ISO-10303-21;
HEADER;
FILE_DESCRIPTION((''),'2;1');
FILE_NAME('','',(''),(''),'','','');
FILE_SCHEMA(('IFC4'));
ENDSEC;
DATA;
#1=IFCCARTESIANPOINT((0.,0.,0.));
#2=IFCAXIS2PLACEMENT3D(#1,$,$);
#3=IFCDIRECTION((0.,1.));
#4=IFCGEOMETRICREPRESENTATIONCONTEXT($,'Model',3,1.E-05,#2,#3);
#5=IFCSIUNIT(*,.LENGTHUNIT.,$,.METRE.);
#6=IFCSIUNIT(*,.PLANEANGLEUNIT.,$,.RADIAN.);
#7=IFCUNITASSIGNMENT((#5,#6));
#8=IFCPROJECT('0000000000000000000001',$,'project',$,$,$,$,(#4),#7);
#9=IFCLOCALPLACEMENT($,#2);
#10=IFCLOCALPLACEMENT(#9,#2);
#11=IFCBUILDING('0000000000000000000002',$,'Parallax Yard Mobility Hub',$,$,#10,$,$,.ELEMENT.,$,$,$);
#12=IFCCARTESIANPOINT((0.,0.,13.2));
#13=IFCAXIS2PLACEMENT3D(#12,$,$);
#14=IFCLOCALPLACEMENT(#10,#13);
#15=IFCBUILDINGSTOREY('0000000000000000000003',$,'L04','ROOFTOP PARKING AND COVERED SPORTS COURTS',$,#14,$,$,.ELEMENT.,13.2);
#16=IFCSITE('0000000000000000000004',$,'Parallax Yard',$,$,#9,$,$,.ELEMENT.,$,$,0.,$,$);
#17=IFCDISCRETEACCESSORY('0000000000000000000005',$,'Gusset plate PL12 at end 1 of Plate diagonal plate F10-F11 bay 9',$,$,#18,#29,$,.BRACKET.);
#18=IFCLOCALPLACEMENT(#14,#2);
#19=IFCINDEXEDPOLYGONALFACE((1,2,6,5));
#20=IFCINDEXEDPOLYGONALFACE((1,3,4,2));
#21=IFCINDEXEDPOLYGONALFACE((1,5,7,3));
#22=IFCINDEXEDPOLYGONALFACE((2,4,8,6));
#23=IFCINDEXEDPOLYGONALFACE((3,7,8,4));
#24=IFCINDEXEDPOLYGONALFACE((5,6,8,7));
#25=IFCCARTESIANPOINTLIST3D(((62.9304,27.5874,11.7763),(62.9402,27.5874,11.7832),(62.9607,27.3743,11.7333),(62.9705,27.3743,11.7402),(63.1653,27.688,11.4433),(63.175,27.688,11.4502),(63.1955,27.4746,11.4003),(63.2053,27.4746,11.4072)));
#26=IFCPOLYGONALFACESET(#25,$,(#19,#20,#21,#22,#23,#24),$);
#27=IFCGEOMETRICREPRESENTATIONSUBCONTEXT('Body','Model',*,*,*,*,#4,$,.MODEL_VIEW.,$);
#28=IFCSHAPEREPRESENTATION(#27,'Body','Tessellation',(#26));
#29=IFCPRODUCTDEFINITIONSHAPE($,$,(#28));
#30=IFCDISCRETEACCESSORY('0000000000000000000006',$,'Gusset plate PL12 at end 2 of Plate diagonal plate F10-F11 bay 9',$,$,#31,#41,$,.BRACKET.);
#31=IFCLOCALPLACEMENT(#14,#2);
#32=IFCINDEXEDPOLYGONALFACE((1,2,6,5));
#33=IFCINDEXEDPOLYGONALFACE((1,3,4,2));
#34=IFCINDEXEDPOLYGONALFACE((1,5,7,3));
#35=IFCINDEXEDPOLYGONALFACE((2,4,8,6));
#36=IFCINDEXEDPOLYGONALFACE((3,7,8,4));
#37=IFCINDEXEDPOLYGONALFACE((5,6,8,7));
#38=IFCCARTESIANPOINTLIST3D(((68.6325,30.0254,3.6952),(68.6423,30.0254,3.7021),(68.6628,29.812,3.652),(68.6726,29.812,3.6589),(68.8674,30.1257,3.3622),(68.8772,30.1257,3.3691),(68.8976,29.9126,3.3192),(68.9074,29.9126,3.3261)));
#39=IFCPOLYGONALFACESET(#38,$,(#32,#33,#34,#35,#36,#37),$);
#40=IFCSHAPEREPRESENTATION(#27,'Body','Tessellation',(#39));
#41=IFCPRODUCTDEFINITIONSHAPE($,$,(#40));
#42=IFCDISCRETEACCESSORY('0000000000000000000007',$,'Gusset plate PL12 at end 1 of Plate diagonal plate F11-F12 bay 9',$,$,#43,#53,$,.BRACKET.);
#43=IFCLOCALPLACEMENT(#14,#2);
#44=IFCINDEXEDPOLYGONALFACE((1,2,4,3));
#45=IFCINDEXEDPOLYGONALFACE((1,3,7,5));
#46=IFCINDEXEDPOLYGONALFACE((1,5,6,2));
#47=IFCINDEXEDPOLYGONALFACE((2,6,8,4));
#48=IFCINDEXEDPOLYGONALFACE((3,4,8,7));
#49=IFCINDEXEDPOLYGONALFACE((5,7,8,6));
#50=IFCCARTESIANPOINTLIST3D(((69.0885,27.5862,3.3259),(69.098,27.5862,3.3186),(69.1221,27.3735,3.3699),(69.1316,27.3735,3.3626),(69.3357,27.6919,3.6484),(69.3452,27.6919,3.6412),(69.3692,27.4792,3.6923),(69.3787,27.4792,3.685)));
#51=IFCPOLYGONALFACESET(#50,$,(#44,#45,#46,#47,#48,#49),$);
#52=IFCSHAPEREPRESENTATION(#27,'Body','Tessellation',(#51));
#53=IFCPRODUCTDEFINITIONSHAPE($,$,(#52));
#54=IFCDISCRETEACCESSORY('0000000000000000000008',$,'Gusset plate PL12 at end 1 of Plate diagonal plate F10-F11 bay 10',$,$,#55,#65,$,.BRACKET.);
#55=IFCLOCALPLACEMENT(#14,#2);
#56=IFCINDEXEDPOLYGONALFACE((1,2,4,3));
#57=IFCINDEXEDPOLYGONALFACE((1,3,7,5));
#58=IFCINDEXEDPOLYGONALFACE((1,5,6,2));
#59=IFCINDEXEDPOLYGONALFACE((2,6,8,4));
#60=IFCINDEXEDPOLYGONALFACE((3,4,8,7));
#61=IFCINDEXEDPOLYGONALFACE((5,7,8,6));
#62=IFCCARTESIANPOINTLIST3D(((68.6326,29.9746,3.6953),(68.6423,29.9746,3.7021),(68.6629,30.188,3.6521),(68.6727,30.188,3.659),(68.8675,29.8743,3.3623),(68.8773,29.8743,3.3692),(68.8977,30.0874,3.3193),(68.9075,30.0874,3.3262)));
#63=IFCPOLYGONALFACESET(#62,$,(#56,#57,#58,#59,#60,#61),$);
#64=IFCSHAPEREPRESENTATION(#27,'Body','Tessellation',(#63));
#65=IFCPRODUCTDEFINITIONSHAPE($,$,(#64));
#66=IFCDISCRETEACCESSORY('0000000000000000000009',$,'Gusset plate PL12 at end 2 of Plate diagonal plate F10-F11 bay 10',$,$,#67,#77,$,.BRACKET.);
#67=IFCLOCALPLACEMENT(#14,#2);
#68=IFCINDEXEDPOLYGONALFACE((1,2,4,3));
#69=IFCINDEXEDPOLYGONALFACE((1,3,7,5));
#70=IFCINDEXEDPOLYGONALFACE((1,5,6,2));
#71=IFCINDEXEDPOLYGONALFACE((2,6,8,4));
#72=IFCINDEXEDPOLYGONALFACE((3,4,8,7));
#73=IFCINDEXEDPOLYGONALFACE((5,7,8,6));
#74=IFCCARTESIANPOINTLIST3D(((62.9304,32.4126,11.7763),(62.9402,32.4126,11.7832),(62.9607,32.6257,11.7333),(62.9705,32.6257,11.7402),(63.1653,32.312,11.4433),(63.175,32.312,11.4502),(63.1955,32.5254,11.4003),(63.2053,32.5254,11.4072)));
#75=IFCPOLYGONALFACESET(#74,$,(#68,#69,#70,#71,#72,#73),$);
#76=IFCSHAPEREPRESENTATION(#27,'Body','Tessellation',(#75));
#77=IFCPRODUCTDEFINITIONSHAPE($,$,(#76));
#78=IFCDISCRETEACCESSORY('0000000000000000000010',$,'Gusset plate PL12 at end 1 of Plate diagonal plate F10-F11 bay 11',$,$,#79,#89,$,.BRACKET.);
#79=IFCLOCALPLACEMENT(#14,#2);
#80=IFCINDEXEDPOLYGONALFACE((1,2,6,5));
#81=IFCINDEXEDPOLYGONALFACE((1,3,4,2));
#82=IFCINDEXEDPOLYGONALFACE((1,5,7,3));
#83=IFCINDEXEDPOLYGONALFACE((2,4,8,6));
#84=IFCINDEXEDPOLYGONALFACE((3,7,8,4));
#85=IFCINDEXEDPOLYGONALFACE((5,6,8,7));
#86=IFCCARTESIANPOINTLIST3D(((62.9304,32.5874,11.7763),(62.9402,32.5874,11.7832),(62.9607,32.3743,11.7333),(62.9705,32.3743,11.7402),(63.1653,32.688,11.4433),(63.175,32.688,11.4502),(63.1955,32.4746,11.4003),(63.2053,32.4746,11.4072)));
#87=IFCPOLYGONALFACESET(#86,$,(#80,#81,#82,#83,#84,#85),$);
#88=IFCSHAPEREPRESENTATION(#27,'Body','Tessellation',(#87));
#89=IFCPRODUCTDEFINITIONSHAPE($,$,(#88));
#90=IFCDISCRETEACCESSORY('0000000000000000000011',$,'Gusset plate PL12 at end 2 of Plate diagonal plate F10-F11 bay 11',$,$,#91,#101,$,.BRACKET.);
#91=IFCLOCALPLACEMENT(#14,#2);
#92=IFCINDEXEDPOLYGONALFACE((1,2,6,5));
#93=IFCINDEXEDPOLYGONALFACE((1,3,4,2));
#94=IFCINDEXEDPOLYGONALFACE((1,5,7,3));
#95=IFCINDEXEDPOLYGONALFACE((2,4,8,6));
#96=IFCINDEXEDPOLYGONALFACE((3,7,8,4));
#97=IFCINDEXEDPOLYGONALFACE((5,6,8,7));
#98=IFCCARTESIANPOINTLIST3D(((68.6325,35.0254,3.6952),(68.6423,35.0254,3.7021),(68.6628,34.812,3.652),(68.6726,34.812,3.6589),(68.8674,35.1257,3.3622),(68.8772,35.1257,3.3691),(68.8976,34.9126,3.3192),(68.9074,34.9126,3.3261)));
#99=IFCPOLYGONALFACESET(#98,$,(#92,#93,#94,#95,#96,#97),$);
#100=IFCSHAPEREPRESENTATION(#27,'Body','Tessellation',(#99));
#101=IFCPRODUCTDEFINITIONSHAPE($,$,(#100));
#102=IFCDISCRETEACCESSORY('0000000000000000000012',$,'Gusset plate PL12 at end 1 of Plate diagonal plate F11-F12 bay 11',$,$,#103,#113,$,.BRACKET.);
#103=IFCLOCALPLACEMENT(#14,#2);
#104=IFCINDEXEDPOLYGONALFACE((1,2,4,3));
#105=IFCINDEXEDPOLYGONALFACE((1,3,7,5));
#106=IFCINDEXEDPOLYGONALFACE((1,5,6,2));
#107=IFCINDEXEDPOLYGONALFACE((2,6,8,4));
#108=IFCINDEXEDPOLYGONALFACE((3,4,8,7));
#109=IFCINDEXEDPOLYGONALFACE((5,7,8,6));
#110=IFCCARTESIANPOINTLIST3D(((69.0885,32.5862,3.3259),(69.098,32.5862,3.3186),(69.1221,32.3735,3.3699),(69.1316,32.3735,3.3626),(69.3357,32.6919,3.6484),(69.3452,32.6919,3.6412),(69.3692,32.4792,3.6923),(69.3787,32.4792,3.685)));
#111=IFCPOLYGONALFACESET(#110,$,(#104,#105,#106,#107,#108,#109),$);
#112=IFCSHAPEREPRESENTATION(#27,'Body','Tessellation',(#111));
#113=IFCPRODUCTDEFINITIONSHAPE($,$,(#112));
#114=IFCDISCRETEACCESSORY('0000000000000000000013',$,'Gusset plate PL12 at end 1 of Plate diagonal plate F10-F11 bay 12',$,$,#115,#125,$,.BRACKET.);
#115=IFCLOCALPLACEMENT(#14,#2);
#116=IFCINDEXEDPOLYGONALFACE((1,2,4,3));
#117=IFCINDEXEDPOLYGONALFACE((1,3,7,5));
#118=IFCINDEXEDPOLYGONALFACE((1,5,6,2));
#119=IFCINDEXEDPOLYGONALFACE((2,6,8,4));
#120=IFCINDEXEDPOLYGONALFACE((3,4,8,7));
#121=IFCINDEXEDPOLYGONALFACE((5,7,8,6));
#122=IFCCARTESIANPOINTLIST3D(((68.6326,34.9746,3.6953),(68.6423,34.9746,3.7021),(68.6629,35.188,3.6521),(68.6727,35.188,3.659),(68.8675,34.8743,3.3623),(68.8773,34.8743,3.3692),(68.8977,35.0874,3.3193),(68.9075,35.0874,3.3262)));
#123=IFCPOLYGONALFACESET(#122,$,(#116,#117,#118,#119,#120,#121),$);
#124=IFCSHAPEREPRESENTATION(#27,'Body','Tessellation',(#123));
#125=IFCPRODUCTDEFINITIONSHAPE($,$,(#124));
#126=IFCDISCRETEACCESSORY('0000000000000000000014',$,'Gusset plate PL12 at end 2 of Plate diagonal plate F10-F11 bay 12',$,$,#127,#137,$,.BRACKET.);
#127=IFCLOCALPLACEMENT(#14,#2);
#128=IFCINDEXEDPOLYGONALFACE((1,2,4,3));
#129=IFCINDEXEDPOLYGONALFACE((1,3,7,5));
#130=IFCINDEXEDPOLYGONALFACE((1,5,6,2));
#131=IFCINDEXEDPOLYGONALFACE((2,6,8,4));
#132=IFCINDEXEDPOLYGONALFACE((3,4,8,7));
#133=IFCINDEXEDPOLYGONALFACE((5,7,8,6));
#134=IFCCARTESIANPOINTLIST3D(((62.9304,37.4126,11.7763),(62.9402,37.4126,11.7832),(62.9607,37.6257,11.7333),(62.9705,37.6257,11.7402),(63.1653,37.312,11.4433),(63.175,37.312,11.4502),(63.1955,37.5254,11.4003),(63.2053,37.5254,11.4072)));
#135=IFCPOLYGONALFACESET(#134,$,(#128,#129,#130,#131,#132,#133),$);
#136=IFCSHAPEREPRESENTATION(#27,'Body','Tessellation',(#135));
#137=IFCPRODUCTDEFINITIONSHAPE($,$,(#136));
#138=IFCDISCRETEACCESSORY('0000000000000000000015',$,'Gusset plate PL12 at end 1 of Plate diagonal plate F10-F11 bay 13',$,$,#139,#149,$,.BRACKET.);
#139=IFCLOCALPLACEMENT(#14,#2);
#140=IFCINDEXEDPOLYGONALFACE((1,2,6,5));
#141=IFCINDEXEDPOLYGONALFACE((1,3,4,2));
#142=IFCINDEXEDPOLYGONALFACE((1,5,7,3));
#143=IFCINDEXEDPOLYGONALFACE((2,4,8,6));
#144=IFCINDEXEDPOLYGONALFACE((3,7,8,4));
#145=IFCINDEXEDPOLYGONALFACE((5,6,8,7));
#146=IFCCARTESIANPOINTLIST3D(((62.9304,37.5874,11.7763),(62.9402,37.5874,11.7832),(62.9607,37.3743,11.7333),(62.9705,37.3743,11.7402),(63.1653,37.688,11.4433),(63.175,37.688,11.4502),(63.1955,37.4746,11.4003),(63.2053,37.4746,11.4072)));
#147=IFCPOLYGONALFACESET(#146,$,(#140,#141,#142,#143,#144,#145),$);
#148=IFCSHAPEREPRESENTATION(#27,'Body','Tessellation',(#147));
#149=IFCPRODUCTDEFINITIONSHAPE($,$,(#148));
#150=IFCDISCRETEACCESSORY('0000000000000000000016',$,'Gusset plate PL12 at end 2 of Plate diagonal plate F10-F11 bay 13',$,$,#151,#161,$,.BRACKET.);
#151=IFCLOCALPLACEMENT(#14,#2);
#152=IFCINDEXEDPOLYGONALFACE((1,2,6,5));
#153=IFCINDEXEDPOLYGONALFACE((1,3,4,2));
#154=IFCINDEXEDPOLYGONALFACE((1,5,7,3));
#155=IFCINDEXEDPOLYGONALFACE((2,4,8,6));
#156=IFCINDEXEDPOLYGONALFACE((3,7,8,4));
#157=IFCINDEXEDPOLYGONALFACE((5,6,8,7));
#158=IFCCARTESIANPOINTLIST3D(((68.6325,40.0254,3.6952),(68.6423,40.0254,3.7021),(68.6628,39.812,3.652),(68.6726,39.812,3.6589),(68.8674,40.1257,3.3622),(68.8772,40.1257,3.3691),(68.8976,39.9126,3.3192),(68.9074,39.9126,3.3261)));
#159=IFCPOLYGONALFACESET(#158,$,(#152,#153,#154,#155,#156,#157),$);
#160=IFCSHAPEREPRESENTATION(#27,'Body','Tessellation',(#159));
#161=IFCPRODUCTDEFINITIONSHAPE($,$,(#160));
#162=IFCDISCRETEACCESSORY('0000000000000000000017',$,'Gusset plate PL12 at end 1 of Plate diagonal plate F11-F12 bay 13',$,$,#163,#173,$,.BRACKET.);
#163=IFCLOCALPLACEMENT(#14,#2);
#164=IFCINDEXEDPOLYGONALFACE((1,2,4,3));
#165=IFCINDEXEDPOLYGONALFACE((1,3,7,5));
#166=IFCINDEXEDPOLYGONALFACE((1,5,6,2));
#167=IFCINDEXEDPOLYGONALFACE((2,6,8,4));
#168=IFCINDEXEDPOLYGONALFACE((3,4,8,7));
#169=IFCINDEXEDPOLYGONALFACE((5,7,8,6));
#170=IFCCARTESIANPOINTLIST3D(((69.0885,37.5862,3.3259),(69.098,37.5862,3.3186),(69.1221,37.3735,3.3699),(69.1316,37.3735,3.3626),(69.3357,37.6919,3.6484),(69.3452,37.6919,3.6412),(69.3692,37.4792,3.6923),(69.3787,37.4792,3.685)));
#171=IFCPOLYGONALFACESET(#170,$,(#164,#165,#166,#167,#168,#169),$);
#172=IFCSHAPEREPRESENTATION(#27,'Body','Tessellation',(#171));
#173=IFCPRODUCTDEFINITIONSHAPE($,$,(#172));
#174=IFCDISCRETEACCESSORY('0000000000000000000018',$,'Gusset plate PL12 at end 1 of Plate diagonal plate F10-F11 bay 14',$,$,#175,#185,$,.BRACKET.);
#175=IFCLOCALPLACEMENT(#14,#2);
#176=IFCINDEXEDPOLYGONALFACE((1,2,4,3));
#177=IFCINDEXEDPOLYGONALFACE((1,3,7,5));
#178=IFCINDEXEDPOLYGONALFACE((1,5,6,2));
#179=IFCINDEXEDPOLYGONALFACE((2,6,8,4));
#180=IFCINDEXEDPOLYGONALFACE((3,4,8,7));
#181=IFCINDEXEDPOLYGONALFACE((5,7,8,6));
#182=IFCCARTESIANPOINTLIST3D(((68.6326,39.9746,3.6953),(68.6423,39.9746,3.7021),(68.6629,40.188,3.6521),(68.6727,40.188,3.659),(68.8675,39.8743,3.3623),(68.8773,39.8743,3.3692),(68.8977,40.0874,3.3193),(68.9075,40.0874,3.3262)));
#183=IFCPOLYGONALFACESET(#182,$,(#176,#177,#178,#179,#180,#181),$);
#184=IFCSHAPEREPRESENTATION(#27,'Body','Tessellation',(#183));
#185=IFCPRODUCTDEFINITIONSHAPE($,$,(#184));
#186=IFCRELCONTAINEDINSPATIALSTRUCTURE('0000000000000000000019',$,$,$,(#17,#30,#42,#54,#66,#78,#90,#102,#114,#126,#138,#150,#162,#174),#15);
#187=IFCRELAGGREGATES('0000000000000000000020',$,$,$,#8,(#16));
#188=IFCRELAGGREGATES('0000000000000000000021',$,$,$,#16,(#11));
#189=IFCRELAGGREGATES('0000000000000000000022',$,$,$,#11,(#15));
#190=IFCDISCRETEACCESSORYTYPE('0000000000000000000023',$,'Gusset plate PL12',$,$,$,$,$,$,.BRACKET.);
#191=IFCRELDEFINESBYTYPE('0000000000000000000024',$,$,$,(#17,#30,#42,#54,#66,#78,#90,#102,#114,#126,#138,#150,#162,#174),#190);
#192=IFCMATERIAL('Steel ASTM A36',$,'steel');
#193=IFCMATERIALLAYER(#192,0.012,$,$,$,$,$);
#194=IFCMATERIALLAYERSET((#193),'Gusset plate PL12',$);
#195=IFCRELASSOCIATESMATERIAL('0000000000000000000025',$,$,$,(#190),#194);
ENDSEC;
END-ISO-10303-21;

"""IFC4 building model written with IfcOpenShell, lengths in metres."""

from ifc_helpers import new_model, si_unit, direction, frame, origin, place, context, subcontext, project, spatial, polyline, outline, extrude, material, layer, layer_set, type_object, element, save


model = new_model("IFC4")

# Units and contexts
model_context = context("Model", 3, precision=1e-05, world=origin(), true_north=direction((0.0, 1.0)))
body_context = subcontext(model_context, "Body", "Model", "MODEL_VIEW")
ifc_project = project(units=[si_unit("LENGTHUNIT", "METRE"), si_unit("PLANEANGLEUNIT", "RADIAN")], contexts=[model_context])

# Site, building, storey
site_placement = place(None, origin())
site = spatial("IfcSite", under=ifc_project, at=site_placement, Name="Parallax Yard", CompositionType="ELEMENT", RefElevation=0.0)
building_placement = place(site_placement, origin())
building = spatial("IfcBuilding", under=site, at=building_placement, Name="Parallax Yard Mobility Hub", CompositionType="ELEMENT")
storey_placement = place(building_placement, frame((0.0, 0.0, 13.2)))
storey = spatial("IfcBuildingStorey", under=building, at=storey_placement, Name="L04", Description="ROOFTOP PARKING AND COVERED SPORTS COURTS", CompositionType="ELEMENT", Elevation=13.2)

# Discrete accessories
ifc_material_1 = material(Name="Steel ASTM A36", Category="steel")
ifc_layer = layer(ifc_material_1, 0.012)
ifc_layer_set = layer_set([ifc_layer], Name="Gusset plate PL12")
discrete_accessory_type = type_object("IfcDiscreteAccessoryType", Name="Gusset plate PL12", PredefinedType="BRACKET", material=ifc_layer_set)
discrete_accessory_1_placement = place(storey_placement, frame((63.175, 27.688, 11.4502), z_axis=(0.817216, -0.000114, 0.576331), x_axis=(-0.559559, -0.239645, 0.793388)))
element("IfcDiscreteAccessory", 1, at=discrete_accessory_1_placement, inside=storey, type_object=discrete_accessory_type, Name="Gusset plate PL12 at end 1 of Plate diagonal plate F10-F11 bay 9", PredefinedType="BRACKET", context=body_context, shape_type="SweptSolid", body=[
    extrude(outline(polyline([(0.0, 0.0), (0.4197, 0.0), (0.4198, 0.2195), (0.0001, 0.2198), (0.0, 0.0)])), origin(), (0.0, 0.0, -1.0), 0.012),
])
discrete_accessory_2_placement = place(storey_placement, frame((68.6726, 29.812, 3.6589), z_axis=(0.817167, -0.000465, 0.576401), x_axis=(0.559681, 0.239756, -0.793268)))
element("IfcDiscreteAccessory", 2, at=discrete_accessory_2_placement, inside=storey, type_object=discrete_accessory_type, Name="Gusset plate PL12 at end 2 of Plate diagonal plate F10-F11 bay 9", PredefinedType="BRACKET", context=body_context, shape_type="SweptSolid", body=[
    extrude(outline(polyline([(0.0, 0.0), (0.4195, 0.0), (0.4196, 0.2195), (-0.0001, 0.2198), (0.0, 0.0)])), origin(), (0.0, 0.0, -1.0), 0.012),
])
discrete_accessory_3_placement = place(storey_placement, frame((69.3357, 27.6919, 3.6484), z_axis=(-0.793746, 0.000396, 0.608249), x_axis=(-0.588741, -0.251732, -0.768125)))
element("IfcDiscreteAccessory", 3, at=discrete_accessory_3_placement, inside=storey, type_object=discrete_accessory_type, Name="Gusset plate PL12 at end 1 of Plate diagonal plate F11-F12 bay 9", PredefinedType="BRACKET", context=body_context, shape_type="SweptSolid", body=[
    extrude(outline(polyline([(0.0, 0.0), (0.4199, 0.0), (0.4199, 0.2197), (0.0001, 0.2197), (0.0, 0.0)])), origin(), (0.0, 0.0, -1.0), 0.012),
])
discrete_accessory_4_placement = place(storey_placement, frame((68.6423, 29.9746, 3.7021), z_axis=(0.817167, 0.000465, 0.576401), x_axis=(0.559774, -0.239096, -0.793401)))
element("IfcDiscreteAccessory", 4, at=discrete_accessory_4_placement, inside=storey, type_object=discrete_accessory_type, Name="Gusset plate PL12 at end 1 of Plate diagonal plate F10-F11 bay 10", PredefinedType="BRACKET", context=body_context, shape_type="SweptSolid", body=[
    extrude(outline(polyline([(0.0, 0.0), (0.4197, 0.0), (0.4197, 0.2195), (0.0002, 0.2198), (0.0, 0.0)])), origin(), (0.0, 0.0, -1.0), 0.012),
])
discrete_accessory_5_placement = place(storey_placement, frame((63.2053, 32.5254, 11.4072), z_axis=(0.817216, 0.000114, 0.576331), x_axis=(-0.559637, 0.239097, 0.793498)))
element("IfcDiscreteAccessory", 5, at=discrete_accessory_5_placement, inside=storey, type_object=discrete_accessory_type, Name="Gusset plate PL12 at end 2 of Plate diagonal plate F10-F11 bay 10", PredefinedType="BRACKET", context=body_context, shape_type="SweptSolid", body=[
    extrude(outline(polyline([(0.0, 0.0), (0.4197, 0.0), (0.4197, 0.2195), (0.0, 0.2198), (0.0, 0.0)])), origin(), (0.0, 0.0, -1.0), 0.012),
])
discrete_accessory_6_placement = place(storey_placement, frame((63.175, 32.688, 11.4502), z_axis=(0.817216, -0.000114, 0.576331), x_axis=(-0.559559, -0.239645, 0.793388)))
element("IfcDiscreteAccessory", 6, at=discrete_accessory_6_placement, inside=storey, type_object=discrete_accessory_type, Name="Gusset plate PL12 at end 1 of Plate diagonal plate F10-F11 bay 11", PredefinedType="BRACKET", context=body_context, shape_type="SweptSolid", body=[
    extrude(outline(polyline([(0.0, 0.0), (0.4197, 0.0), (0.4198, 0.2195), (0.0001, 0.2198), (0.0, 0.0)])), origin(), (0.0, 0.0, -1.0), 0.012),
])
discrete_accessory_7_placement = place(storey_placement, frame((68.6726, 34.812, 3.6589), z_axis=(0.817167, -0.000465, 0.576401), x_axis=(0.559681, 0.239756, -0.793268)))
element("IfcDiscreteAccessory", 7, at=discrete_accessory_7_placement, inside=storey, type_object=discrete_accessory_type, Name="Gusset plate PL12 at end 2 of Plate diagonal plate F10-F11 bay 11", PredefinedType="BRACKET", context=body_context, shape_type="SweptSolid", body=[
    extrude(outline(polyline([(0.0, 0.0), (0.4195, 0.0), (0.4196, 0.2195), (-0.0001, 0.2198), (0.0, 0.0)])), origin(), (0.0, 0.0, -1.0), 0.012),
])
discrete_accessory_8_placement = place(storey_placement, frame((69.3357, 32.6919, 3.6484), z_axis=(-0.793746, 0.000396, 0.608249), x_axis=(-0.588741, -0.251732, -0.768125)))
element("IfcDiscreteAccessory", 8, at=discrete_accessory_8_placement, inside=storey, type_object=discrete_accessory_type, Name="Gusset plate PL12 at end 1 of Plate diagonal plate F11-F12 bay 11", PredefinedType="BRACKET", context=body_context, shape_type="SweptSolid", body=[
    extrude(outline(polyline([(0.0, 0.0), (0.4199, 0.0), (0.4199, 0.2197), (0.0001, 0.2197), (0.0, 0.0)])), origin(), (0.0, 0.0, -1.0), 0.012),
])
discrete_accessory_9_placement = place(storey_placement, frame((68.6423, 34.9746, 3.7021), z_axis=(0.817167, 0.000465, 0.576401), x_axis=(0.559774, -0.239096, -0.793401)))
element("IfcDiscreteAccessory", 9, at=discrete_accessory_9_placement, inside=storey, type_object=discrete_accessory_type, Name="Gusset plate PL12 at end 1 of Plate diagonal plate F10-F11 bay 12", PredefinedType="BRACKET", context=body_context, shape_type="SweptSolid", body=[
    extrude(outline(polyline([(0.0, 0.0), (0.4197, 0.0), (0.4197, 0.2195), (0.0002, 0.2198), (0.0, 0.0)])), origin(), (0.0, 0.0, -1.0), 0.012),
])
discrete_accessory_10_placement = place(storey_placement, frame((63.2053, 37.5254, 11.4072), z_axis=(0.817216, 0.000114, 0.576331), x_axis=(-0.559637, 0.239097, 0.793498)))
element("IfcDiscreteAccessory", 10, at=discrete_accessory_10_placement, inside=storey, type_object=discrete_accessory_type, Name="Gusset plate PL12 at end 2 of Plate diagonal plate F10-F11 bay 12", PredefinedType="BRACKET", context=body_context, shape_type="SweptSolid", body=[
    extrude(outline(polyline([(0.0, 0.0), (0.4197, 0.0), (0.4197, 0.2195), (0.0, 0.2198), (0.0, 0.0)])), origin(), (0.0, 0.0, -1.0), 0.012),
])
discrete_accessory_11_placement = place(storey_placement, frame((63.175, 37.688, 11.4502), z_axis=(0.817216, -0.000114, 0.576331), x_axis=(-0.559559, -0.239645, 0.793388)))
element("IfcDiscreteAccessory", 11, at=discrete_accessory_11_placement, inside=storey, type_object=discrete_accessory_type, Name="Gusset plate PL12 at end 1 of Plate diagonal plate F10-F11 bay 13", PredefinedType="BRACKET", context=body_context, shape_type="SweptSolid", body=[
    extrude(outline(polyline([(0.0, 0.0), (0.4197, 0.0), (0.4198, 0.2195), (0.0001, 0.2198), (0.0, 0.0)])), origin(), (0.0, 0.0, -1.0), 0.012),
])
discrete_accessory_12_placement = place(storey_placement, frame((68.6726, 39.812, 3.6589), z_axis=(0.817167, -0.000465, 0.576401), x_axis=(0.559681, 0.239756, -0.793268)))
element("IfcDiscreteAccessory", 12, at=discrete_accessory_12_placement, inside=storey, type_object=discrete_accessory_type, Name="Gusset plate PL12 at end 2 of Plate diagonal plate F10-F11 bay 13", PredefinedType="BRACKET", context=body_context, shape_type="SweptSolid", body=[
    extrude(outline(polyline([(0.0, 0.0), (0.4195, 0.0), (0.4196, 0.2195), (-0.0001, 0.2198), (0.0, 0.0)])), origin(), (0.0, 0.0, -1.0), 0.012),
])
discrete_accessory_13_placement = place(storey_placement, frame((69.3357, 37.6919, 3.6484), z_axis=(-0.793746, 0.000396, 0.608249), x_axis=(-0.588741, -0.251732, -0.768125)))
element("IfcDiscreteAccessory", 13, at=discrete_accessory_13_placement, inside=storey, type_object=discrete_accessory_type, Name="Gusset plate PL12 at end 1 of Plate diagonal plate F11-F12 bay 13", PredefinedType="BRACKET", context=body_context, shape_type="SweptSolid", body=[
    extrude(outline(polyline([(0.0, 0.0), (0.4199, 0.0), (0.4199, 0.2197), (0.0001, 0.2197), (0.0, 0.0)])), origin(), (0.0, 0.0, -1.0), 0.012),
])
discrete_accessory_14_placement = place(storey_placement, frame((68.6423, 39.9746, 3.7021), z_axis=(0.817167, 0.000465, 0.576401), x_axis=(0.559774, -0.239096, -0.793401)))
element("IfcDiscreteAccessory", 14, at=discrete_accessory_14_placement, inside=storey, type_object=discrete_accessory_type, Name="Gusset plate PL12 at end 1 of Plate diagonal plate F10-F11 bay 14", PredefinedType="BRACKET", context=body_context, shape_type="SweptSolid", body=[
    extrude(outline(polyline([(0.0, 0.0), (0.4197, 0.0), (0.4197, 0.2195), (0.0002, 0.2198), (0.0, 0.0)])), origin(), (0.0, 0.0, -1.0), 0.012),
])

save(model, "model.ifc")
